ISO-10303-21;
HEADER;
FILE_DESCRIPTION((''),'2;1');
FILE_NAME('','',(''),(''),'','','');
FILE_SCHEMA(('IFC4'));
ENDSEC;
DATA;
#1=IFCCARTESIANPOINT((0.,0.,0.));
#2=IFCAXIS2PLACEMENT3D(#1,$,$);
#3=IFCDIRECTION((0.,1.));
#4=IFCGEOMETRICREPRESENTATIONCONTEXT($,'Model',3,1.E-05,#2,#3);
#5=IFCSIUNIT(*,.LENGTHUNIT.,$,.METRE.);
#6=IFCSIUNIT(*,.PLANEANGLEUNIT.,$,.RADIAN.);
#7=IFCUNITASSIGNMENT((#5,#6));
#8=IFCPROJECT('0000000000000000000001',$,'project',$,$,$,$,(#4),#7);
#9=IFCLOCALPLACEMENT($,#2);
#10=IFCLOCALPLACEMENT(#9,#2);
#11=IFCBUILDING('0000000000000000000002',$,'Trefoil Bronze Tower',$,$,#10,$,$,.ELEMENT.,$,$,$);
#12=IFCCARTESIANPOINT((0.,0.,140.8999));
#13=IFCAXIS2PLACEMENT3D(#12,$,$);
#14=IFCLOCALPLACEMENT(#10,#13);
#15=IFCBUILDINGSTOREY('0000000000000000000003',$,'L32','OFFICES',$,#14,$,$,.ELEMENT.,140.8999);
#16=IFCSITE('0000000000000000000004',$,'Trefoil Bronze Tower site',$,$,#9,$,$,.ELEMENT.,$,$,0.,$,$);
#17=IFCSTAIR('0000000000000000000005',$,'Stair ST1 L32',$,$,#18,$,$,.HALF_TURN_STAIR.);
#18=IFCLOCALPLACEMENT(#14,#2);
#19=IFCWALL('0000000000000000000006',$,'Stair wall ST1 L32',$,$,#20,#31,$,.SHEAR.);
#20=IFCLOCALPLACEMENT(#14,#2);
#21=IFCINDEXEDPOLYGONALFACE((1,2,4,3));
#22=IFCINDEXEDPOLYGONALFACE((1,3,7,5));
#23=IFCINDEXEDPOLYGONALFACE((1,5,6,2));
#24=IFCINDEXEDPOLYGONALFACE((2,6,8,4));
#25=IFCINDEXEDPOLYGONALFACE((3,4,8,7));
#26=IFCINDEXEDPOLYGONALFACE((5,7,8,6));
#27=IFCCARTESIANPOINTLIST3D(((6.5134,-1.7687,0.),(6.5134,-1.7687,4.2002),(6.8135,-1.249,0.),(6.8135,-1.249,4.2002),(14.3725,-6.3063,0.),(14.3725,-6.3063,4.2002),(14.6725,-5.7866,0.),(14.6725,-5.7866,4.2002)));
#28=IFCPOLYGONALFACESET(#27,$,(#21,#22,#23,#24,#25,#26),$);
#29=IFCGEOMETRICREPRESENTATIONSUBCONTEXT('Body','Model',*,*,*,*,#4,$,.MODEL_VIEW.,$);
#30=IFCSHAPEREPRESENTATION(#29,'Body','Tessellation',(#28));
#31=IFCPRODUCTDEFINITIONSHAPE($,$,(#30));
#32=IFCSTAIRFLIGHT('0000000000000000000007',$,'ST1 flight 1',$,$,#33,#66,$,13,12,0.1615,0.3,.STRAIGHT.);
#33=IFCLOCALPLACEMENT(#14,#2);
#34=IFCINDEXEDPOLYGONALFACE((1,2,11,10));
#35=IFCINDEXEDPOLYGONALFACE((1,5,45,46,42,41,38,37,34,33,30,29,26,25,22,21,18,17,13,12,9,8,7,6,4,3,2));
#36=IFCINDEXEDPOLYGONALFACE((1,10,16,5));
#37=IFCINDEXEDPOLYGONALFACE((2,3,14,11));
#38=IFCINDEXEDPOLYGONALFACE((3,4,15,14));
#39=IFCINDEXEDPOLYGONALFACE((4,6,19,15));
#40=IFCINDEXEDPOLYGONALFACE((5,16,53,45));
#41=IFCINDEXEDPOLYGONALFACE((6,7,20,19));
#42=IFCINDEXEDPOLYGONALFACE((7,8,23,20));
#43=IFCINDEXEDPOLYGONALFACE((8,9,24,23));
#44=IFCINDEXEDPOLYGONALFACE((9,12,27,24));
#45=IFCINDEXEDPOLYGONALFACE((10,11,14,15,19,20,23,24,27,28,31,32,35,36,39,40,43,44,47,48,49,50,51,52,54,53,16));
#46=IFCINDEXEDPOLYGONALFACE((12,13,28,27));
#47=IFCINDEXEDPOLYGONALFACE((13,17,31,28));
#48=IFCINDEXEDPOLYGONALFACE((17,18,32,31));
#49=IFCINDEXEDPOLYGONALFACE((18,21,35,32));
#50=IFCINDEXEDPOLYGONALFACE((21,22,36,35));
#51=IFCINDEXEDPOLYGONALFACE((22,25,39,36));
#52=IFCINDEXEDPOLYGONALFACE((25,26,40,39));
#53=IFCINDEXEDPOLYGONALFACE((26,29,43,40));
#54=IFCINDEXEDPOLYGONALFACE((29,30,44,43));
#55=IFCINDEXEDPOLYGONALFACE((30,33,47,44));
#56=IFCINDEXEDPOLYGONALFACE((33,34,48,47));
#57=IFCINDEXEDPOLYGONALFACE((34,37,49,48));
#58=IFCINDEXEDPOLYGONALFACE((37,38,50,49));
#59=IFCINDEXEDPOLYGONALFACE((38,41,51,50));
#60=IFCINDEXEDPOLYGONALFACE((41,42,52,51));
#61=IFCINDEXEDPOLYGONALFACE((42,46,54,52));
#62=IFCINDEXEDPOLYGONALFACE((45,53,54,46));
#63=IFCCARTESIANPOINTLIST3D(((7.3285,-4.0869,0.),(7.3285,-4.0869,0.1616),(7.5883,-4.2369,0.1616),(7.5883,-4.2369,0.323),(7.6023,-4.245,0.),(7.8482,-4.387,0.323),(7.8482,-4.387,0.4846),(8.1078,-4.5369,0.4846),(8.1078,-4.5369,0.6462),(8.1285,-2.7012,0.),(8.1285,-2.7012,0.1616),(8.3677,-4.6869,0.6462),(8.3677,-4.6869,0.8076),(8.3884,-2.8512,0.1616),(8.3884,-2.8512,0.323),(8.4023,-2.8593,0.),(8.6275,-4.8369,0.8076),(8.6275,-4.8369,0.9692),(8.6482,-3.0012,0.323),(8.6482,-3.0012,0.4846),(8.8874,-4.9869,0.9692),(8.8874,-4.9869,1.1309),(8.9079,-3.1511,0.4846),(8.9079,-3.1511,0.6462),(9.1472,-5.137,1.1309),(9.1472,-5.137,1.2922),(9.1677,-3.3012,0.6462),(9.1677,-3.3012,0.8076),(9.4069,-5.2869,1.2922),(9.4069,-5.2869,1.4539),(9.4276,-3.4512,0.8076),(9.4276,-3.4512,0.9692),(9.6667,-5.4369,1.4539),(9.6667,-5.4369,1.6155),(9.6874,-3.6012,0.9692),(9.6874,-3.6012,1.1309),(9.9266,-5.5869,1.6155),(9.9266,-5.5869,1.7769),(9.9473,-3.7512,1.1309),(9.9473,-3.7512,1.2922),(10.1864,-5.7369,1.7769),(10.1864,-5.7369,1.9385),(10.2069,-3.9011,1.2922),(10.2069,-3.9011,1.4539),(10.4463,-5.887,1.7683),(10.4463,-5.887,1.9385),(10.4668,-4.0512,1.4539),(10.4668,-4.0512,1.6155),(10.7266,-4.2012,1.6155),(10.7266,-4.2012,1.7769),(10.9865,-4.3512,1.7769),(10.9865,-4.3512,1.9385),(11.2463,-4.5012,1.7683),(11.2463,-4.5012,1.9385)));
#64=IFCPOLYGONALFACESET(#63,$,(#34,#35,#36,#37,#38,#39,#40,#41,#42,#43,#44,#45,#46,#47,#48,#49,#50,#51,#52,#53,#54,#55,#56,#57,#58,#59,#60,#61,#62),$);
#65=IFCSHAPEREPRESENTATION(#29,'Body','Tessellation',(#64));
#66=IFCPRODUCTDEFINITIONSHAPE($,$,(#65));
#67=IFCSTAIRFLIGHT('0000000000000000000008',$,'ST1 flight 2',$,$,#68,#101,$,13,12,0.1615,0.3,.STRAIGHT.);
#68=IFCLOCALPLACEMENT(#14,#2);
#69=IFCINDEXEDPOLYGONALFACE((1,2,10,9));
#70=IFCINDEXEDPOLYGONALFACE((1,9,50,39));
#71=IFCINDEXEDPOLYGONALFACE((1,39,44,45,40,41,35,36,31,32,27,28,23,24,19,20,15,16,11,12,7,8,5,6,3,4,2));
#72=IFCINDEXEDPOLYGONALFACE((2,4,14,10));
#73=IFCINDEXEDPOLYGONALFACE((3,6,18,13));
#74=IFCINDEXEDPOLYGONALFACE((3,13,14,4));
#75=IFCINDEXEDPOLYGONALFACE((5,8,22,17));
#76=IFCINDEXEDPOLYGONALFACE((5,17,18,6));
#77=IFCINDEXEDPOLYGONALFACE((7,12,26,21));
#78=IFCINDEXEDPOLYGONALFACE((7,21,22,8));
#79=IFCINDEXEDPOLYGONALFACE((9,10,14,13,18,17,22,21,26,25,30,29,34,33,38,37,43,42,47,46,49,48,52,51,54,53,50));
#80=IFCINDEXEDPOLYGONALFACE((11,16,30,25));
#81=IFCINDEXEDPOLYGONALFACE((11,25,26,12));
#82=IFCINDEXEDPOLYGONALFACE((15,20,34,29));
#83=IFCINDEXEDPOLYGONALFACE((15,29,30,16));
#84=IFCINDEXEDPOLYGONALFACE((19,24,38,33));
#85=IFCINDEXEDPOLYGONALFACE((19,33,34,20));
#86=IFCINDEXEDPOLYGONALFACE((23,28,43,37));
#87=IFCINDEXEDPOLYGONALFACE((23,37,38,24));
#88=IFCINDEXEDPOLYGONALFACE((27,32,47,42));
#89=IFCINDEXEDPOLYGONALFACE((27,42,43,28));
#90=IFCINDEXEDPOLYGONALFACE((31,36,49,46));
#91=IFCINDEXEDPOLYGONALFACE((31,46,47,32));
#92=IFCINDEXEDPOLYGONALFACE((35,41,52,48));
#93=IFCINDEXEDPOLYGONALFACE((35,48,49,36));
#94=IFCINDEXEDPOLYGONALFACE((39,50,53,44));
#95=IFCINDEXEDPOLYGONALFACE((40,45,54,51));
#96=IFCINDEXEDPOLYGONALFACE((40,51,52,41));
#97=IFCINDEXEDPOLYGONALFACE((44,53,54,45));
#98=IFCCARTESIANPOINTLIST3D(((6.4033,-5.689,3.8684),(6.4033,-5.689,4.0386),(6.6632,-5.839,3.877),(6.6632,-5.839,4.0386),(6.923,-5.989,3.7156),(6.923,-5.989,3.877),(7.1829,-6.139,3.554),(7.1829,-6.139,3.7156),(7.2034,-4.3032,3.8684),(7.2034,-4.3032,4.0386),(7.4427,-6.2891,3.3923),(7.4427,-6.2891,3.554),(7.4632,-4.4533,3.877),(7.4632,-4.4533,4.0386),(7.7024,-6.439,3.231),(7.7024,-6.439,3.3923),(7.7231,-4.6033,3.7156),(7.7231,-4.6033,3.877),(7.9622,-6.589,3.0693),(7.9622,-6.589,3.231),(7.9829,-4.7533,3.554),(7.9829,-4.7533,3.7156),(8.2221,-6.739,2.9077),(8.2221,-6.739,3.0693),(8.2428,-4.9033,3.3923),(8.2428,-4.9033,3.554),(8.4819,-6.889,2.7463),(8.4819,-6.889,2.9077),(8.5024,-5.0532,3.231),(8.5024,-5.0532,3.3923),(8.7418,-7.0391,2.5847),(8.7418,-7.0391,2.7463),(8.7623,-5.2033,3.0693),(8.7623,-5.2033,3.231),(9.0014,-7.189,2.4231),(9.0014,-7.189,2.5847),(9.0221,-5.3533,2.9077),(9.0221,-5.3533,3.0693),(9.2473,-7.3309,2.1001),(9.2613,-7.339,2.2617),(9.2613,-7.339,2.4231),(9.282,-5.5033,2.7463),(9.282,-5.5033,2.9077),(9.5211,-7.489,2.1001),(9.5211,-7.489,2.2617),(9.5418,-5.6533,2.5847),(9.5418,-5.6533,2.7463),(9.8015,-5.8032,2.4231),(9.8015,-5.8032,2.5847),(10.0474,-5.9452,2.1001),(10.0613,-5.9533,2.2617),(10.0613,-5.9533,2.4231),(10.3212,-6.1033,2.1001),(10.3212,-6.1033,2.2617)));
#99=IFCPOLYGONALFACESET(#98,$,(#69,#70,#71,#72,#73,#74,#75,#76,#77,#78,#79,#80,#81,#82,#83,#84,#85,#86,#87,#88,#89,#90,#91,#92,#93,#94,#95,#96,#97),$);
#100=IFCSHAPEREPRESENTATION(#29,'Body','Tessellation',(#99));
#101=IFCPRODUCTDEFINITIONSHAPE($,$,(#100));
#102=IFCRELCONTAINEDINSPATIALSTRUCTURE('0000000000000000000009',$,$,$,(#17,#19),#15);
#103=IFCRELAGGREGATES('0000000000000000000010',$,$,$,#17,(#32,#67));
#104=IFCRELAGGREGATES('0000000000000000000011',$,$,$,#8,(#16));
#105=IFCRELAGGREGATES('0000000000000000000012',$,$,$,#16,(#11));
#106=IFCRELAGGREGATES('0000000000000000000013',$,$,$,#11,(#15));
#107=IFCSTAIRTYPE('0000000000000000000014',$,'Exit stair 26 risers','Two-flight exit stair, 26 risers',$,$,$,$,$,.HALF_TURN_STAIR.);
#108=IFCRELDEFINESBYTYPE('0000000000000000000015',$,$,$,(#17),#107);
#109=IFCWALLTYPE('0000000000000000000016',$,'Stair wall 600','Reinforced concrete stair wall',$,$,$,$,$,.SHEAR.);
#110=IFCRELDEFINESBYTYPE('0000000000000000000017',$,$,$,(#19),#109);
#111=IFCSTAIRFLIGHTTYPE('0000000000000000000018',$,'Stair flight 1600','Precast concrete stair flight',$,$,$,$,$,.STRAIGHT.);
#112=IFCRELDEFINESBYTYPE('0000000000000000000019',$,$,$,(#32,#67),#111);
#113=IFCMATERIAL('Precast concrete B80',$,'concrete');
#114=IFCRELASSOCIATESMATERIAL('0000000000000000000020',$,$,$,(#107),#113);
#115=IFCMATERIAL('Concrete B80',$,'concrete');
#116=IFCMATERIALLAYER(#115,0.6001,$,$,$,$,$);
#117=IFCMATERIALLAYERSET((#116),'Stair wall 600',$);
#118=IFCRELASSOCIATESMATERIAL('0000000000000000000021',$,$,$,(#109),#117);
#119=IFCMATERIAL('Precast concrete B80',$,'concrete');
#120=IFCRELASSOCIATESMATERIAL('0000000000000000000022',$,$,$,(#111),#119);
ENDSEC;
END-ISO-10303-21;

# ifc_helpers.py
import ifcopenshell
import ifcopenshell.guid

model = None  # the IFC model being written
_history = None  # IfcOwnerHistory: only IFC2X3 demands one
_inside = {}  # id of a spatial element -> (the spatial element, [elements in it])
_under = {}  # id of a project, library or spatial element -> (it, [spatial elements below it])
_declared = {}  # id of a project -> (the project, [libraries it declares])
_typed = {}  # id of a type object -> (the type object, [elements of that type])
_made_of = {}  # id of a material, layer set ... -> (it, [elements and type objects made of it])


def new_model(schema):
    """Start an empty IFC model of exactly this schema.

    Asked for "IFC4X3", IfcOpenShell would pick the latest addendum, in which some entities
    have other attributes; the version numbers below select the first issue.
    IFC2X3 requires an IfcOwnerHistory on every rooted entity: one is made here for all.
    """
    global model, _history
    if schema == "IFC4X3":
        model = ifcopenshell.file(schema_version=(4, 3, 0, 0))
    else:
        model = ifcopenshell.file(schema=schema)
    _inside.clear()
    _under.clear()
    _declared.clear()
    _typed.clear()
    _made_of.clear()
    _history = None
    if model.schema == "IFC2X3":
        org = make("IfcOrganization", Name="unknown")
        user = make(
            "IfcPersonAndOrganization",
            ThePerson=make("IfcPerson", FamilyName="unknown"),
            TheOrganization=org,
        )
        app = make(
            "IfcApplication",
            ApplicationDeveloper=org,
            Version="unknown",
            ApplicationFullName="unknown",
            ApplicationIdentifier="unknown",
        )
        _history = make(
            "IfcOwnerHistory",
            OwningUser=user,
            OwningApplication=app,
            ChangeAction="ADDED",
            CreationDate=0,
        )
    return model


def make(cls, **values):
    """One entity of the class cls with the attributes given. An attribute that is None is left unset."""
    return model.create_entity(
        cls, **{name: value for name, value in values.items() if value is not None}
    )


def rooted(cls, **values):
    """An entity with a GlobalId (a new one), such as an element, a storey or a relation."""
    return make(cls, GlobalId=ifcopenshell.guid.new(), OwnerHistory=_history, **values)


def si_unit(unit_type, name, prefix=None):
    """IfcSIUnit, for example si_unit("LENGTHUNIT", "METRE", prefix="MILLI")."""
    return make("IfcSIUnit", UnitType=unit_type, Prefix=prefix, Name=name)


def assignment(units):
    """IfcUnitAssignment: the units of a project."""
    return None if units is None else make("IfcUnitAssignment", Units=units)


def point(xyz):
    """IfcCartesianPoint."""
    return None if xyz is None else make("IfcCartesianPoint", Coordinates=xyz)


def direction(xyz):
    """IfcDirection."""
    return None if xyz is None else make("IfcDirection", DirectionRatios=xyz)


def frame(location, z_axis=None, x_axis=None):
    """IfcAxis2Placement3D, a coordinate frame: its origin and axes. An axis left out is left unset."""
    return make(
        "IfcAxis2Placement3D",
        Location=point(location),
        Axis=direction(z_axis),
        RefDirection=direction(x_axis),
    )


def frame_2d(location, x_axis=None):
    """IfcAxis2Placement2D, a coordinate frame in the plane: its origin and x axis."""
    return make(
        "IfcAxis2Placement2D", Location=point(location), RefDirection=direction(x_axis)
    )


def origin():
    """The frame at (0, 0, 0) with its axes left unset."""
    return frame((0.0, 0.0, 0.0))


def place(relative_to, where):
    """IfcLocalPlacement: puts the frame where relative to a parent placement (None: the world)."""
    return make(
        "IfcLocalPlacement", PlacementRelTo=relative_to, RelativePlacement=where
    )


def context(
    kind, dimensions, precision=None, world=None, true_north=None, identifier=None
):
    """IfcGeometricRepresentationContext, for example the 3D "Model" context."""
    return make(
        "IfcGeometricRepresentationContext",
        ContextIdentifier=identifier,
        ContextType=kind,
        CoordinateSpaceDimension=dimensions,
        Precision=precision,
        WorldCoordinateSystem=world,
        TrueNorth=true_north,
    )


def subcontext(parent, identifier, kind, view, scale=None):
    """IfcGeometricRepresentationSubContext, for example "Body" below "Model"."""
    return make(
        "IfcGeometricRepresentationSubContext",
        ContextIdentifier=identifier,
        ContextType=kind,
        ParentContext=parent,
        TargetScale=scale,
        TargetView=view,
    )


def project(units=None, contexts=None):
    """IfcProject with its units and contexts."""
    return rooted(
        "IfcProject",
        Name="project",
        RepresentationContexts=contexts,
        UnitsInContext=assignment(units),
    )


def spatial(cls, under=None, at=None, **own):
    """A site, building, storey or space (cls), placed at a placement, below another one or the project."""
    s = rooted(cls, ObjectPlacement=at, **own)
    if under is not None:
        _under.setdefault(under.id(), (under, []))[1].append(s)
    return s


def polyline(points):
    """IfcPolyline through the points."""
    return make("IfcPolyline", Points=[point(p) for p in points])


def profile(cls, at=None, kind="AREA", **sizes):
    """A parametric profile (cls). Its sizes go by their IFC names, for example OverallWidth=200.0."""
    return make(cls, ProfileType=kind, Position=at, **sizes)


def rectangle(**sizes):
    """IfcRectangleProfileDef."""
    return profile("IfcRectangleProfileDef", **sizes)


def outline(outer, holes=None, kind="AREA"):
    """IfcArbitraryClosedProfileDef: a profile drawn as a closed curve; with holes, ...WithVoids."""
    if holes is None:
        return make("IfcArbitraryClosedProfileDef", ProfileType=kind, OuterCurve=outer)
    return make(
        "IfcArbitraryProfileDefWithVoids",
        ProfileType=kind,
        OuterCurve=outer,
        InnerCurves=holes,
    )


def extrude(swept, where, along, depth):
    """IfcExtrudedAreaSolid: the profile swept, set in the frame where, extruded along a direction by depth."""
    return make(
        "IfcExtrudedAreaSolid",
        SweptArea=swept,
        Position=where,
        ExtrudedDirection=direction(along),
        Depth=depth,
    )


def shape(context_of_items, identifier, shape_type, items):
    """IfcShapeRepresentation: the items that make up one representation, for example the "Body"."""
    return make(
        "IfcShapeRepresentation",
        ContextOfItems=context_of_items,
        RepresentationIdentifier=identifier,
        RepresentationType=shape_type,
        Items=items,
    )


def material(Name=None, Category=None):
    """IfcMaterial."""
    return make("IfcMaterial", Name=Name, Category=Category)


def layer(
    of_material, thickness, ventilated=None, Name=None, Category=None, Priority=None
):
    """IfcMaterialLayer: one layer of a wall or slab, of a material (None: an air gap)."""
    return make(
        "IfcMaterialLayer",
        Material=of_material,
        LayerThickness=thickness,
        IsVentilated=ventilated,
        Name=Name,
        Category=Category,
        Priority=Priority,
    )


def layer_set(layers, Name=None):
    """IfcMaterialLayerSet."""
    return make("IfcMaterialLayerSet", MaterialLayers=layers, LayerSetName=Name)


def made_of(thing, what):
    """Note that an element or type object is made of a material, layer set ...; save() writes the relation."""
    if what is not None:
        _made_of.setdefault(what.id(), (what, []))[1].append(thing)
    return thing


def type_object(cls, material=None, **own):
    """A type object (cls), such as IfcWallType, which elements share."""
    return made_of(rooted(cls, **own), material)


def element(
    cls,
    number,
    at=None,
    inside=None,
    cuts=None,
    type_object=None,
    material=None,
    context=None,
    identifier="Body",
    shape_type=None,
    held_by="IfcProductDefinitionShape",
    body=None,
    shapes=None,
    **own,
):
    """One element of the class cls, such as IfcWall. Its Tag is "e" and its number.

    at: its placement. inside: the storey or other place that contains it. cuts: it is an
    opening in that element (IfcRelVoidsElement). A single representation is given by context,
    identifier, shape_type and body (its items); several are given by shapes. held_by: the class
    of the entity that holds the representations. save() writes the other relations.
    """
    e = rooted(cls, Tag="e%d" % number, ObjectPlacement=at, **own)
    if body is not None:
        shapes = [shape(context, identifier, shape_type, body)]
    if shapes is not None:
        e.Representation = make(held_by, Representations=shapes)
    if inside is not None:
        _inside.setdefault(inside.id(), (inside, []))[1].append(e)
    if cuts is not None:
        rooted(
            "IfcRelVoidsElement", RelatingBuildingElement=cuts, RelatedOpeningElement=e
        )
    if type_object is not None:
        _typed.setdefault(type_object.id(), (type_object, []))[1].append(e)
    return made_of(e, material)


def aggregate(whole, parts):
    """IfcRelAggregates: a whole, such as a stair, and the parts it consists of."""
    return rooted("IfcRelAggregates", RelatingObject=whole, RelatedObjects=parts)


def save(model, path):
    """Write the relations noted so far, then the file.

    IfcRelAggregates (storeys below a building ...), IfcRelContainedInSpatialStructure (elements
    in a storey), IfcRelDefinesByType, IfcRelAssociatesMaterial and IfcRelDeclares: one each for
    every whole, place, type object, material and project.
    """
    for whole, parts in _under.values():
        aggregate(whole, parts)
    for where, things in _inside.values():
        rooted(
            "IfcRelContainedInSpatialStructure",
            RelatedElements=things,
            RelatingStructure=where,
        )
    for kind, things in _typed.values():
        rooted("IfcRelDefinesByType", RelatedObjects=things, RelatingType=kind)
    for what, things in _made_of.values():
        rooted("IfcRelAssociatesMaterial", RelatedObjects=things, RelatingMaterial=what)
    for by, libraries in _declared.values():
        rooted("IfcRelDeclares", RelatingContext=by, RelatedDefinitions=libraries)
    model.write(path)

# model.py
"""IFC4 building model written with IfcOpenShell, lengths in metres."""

from ifc_helpers import new_model, si_unit, direction, frame, frame_2d, origin, place, context, subcontext, project, spatial, polyline, rectangle, outline, extrude, material, layer, layer_set, type_object, element, aggregate, save


model = new_model("IFC4")

# Units and contexts
model_context = context("Model", 3, precision=1e-05, world=origin(), true_north=direction((0.0, 1.0)))
body_context = subcontext(model_context, "Body", "Model", "MODEL_VIEW")
ifc_project = project(units=[si_unit("LENGTHUNIT", "METRE"), si_unit("PLANEANGLEUNIT", "RADIAN")], contexts=[model_context])

# Site, building, storey
site_placement = place(None, origin())
site = spatial("IfcSite", under=ifc_project, at=site_placement, Name="Trefoil Bronze Tower site", CompositionType="ELEMENT", RefElevation=0.0)
building_placement = place(site_placement, origin())
building = spatial("IfcBuilding", under=site, at=building_placement, Name="Trefoil Bronze Tower", CompositionType="ELEMENT")
storey_placement = place(building_placement, frame((0.0, 0.0, 140.8999)))
storey = spatial("IfcBuildingStorey", under=building, at=storey_placement, Name="L32", Description="OFFICES", CompositionType="ELEMENT", Elevation=140.8999)

# Stair
ifc_material_1 = material(Name="Precast concrete B80", Category="concrete")
stair_type = type_object("IfcStairType", Name="Exit stair 26 risers", Description="Two-flight exit stair, 26 risers", PredefinedType="HALF_TURN_STAIR", material=ifc_material_1)
stair_1_placement = place(storey_placement, origin())
stair_1 = element("IfcStair", 1, at=stair_1_placement, inside=storey, type_object=stair_type, Name="Stair ST1 L32", PredefinedType="HALF_TURN_STAIR")

# Wall
ifc_material_2 = material(Name="Concrete B80", Category="concrete")
ifc_layer_1 = layer(ifc_material_2, 0.6001)
ifc_layer_set_1 = layer_set([ifc_layer_1], Name="Stair wall 600")
wall_type_1 = type_object("IfcWallType", Name="Stair wall 600", Description="Reinforced concrete stair wall", PredefinedType="SHEAR", material=ifc_layer_set_1)
for number, where, z_axis, x_axis, name in (
    (2, (6.6633, -1.5088, 0.0), (0.0, 0.0, 1.0), (0.866019, -0.50001, 0.0), "Stair wall ST1 L32"),
):
    element("IfcWall", number, at=place(storey_placement, frame(where, z_axis=z_axis, x_axis=x_axis)), inside=storey, type_object=wall_type_1, Name=name, PredefinedType="SHEAR", context=body_context, shape_type="SweptSolid", body=[
        extrude(rectangle(XDim=9.075, YDim=0.6001, at=frame_2d((4.5376, 0.0))), origin(), (0.0, 0.0, 1.0), 4.2002),
    ])

# Stair flights
ifc_material_3 = material(Name="Precast concrete B80", Category="concrete")
stair_flight_type = type_object("IfcStairFlightType", Name="Stair flight 1600", Description="Precast concrete stair flight", PredefinedType="STRAIGHT", material=ifc_material_3)
stair_flight_1_placement = place(storey_placement, frame((7.7285, -3.394, 0.0), z_axis=(0.0, 0.0, 1.0), x_axis=(0.866025, -0.5, 0.0)))
stair_flight_1 = element("IfcStairFlight", 3, at=stair_flight_1_placement, type_object=stair_flight_type, Name="ST1 flight 1", NumberOfRisers=13, NumberOfTreads=12, PredefinedType="STRAIGHT", RiserHeight=0.1615, TreadLength=0.3, context=body_context, shape_type="SweptSolid", body=[
    extrude(outline(polyline([(0.0, 0.0), (0.0, 0.1616), (0.3, 0.1616), (0.3, 0.323), (0.6001, 0.323), (0.6001, 0.4846), (0.8999, 0.4846), (0.8999, 0.6462), (1.2, 0.6462), (1.2, 0.8076), (1.5, 0.8076), (1.5, 0.9692), (1.8, 0.9692), (1.8, 1.1309), (2.1001, 1.1309), (2.1001, 1.2922), (2.3999, 1.2922), (2.3999, 1.4539), (2.7, 1.4539), (2.7, 1.6155), (3.0, 1.6155), (3.0, 1.7769), (3.3, 1.7769), (3.3, 1.9385), (3.6001, 1.9385), (3.6001, 2.1001), (3.6001, 1.7683), (0.3162, 0.0), (0.0, 0.0)])), frame((0.0, 0.8, 0.0), z_axis=(0.0, -1.0, 0.0), x_axis=(1.0, 0.0, 0.0)), (0.0, 0.0, 1.0), 1.6001),
])
stair_flight_2_placement = place(storey_placement, frame((9.9211, -6.7961, 2.1001), z_axis=(0.0, 0.0, 1.0), x_axis=(-0.866025, 0.5, 0.0)))
stair_flight_2 = element("IfcStairFlight", 4, at=stair_flight_2_placement, type_object=stair_flight_type, Name="ST1 flight 2", NumberOfRisers=13, NumberOfTreads=12, PredefinedType="STRAIGHT", RiserHeight=0.1615, TreadLength=0.3, context=body_context, shape_type="SweptSolid", body=[
    extrude(outline(polyline([(0.0, 0.0), (0.0, 0.1616), (0.3, 0.1616), (0.3, 0.323), (0.6001, 0.323), (0.6001, 0.4846), (0.8999, 0.4846), (0.8999, 0.6462), (1.2, 0.6462), (1.2, 0.8076), (1.5, 0.8076), (1.5, 0.9692), (1.8, 0.9692), (1.8, 1.1309), (2.1001, 1.1309), (2.1001, 1.2922), (2.3999, 1.2922), (2.3999, 1.4539), (2.7, 1.4539), (2.7, 1.6155), (3.0, 1.6155), (3.0, 1.7769), (3.3, 1.7769), (3.3, 1.9385), (3.6001, 1.9385), (3.6001, 2.1001), (3.6001, 1.7683), (0.3162, 0.0), (0.0, 0.0)])), frame((0.0, 0.8, 0.0), z_axis=(0.0, -1.0, 0.0), x_axis=(1.0, 0.0, 0.0)), (0.0, 0.0, 1.0), 1.6001),
])
aggregate(stair_1, [stair_flight_1, stair_flight_2])

save(model, "model.ifc")
